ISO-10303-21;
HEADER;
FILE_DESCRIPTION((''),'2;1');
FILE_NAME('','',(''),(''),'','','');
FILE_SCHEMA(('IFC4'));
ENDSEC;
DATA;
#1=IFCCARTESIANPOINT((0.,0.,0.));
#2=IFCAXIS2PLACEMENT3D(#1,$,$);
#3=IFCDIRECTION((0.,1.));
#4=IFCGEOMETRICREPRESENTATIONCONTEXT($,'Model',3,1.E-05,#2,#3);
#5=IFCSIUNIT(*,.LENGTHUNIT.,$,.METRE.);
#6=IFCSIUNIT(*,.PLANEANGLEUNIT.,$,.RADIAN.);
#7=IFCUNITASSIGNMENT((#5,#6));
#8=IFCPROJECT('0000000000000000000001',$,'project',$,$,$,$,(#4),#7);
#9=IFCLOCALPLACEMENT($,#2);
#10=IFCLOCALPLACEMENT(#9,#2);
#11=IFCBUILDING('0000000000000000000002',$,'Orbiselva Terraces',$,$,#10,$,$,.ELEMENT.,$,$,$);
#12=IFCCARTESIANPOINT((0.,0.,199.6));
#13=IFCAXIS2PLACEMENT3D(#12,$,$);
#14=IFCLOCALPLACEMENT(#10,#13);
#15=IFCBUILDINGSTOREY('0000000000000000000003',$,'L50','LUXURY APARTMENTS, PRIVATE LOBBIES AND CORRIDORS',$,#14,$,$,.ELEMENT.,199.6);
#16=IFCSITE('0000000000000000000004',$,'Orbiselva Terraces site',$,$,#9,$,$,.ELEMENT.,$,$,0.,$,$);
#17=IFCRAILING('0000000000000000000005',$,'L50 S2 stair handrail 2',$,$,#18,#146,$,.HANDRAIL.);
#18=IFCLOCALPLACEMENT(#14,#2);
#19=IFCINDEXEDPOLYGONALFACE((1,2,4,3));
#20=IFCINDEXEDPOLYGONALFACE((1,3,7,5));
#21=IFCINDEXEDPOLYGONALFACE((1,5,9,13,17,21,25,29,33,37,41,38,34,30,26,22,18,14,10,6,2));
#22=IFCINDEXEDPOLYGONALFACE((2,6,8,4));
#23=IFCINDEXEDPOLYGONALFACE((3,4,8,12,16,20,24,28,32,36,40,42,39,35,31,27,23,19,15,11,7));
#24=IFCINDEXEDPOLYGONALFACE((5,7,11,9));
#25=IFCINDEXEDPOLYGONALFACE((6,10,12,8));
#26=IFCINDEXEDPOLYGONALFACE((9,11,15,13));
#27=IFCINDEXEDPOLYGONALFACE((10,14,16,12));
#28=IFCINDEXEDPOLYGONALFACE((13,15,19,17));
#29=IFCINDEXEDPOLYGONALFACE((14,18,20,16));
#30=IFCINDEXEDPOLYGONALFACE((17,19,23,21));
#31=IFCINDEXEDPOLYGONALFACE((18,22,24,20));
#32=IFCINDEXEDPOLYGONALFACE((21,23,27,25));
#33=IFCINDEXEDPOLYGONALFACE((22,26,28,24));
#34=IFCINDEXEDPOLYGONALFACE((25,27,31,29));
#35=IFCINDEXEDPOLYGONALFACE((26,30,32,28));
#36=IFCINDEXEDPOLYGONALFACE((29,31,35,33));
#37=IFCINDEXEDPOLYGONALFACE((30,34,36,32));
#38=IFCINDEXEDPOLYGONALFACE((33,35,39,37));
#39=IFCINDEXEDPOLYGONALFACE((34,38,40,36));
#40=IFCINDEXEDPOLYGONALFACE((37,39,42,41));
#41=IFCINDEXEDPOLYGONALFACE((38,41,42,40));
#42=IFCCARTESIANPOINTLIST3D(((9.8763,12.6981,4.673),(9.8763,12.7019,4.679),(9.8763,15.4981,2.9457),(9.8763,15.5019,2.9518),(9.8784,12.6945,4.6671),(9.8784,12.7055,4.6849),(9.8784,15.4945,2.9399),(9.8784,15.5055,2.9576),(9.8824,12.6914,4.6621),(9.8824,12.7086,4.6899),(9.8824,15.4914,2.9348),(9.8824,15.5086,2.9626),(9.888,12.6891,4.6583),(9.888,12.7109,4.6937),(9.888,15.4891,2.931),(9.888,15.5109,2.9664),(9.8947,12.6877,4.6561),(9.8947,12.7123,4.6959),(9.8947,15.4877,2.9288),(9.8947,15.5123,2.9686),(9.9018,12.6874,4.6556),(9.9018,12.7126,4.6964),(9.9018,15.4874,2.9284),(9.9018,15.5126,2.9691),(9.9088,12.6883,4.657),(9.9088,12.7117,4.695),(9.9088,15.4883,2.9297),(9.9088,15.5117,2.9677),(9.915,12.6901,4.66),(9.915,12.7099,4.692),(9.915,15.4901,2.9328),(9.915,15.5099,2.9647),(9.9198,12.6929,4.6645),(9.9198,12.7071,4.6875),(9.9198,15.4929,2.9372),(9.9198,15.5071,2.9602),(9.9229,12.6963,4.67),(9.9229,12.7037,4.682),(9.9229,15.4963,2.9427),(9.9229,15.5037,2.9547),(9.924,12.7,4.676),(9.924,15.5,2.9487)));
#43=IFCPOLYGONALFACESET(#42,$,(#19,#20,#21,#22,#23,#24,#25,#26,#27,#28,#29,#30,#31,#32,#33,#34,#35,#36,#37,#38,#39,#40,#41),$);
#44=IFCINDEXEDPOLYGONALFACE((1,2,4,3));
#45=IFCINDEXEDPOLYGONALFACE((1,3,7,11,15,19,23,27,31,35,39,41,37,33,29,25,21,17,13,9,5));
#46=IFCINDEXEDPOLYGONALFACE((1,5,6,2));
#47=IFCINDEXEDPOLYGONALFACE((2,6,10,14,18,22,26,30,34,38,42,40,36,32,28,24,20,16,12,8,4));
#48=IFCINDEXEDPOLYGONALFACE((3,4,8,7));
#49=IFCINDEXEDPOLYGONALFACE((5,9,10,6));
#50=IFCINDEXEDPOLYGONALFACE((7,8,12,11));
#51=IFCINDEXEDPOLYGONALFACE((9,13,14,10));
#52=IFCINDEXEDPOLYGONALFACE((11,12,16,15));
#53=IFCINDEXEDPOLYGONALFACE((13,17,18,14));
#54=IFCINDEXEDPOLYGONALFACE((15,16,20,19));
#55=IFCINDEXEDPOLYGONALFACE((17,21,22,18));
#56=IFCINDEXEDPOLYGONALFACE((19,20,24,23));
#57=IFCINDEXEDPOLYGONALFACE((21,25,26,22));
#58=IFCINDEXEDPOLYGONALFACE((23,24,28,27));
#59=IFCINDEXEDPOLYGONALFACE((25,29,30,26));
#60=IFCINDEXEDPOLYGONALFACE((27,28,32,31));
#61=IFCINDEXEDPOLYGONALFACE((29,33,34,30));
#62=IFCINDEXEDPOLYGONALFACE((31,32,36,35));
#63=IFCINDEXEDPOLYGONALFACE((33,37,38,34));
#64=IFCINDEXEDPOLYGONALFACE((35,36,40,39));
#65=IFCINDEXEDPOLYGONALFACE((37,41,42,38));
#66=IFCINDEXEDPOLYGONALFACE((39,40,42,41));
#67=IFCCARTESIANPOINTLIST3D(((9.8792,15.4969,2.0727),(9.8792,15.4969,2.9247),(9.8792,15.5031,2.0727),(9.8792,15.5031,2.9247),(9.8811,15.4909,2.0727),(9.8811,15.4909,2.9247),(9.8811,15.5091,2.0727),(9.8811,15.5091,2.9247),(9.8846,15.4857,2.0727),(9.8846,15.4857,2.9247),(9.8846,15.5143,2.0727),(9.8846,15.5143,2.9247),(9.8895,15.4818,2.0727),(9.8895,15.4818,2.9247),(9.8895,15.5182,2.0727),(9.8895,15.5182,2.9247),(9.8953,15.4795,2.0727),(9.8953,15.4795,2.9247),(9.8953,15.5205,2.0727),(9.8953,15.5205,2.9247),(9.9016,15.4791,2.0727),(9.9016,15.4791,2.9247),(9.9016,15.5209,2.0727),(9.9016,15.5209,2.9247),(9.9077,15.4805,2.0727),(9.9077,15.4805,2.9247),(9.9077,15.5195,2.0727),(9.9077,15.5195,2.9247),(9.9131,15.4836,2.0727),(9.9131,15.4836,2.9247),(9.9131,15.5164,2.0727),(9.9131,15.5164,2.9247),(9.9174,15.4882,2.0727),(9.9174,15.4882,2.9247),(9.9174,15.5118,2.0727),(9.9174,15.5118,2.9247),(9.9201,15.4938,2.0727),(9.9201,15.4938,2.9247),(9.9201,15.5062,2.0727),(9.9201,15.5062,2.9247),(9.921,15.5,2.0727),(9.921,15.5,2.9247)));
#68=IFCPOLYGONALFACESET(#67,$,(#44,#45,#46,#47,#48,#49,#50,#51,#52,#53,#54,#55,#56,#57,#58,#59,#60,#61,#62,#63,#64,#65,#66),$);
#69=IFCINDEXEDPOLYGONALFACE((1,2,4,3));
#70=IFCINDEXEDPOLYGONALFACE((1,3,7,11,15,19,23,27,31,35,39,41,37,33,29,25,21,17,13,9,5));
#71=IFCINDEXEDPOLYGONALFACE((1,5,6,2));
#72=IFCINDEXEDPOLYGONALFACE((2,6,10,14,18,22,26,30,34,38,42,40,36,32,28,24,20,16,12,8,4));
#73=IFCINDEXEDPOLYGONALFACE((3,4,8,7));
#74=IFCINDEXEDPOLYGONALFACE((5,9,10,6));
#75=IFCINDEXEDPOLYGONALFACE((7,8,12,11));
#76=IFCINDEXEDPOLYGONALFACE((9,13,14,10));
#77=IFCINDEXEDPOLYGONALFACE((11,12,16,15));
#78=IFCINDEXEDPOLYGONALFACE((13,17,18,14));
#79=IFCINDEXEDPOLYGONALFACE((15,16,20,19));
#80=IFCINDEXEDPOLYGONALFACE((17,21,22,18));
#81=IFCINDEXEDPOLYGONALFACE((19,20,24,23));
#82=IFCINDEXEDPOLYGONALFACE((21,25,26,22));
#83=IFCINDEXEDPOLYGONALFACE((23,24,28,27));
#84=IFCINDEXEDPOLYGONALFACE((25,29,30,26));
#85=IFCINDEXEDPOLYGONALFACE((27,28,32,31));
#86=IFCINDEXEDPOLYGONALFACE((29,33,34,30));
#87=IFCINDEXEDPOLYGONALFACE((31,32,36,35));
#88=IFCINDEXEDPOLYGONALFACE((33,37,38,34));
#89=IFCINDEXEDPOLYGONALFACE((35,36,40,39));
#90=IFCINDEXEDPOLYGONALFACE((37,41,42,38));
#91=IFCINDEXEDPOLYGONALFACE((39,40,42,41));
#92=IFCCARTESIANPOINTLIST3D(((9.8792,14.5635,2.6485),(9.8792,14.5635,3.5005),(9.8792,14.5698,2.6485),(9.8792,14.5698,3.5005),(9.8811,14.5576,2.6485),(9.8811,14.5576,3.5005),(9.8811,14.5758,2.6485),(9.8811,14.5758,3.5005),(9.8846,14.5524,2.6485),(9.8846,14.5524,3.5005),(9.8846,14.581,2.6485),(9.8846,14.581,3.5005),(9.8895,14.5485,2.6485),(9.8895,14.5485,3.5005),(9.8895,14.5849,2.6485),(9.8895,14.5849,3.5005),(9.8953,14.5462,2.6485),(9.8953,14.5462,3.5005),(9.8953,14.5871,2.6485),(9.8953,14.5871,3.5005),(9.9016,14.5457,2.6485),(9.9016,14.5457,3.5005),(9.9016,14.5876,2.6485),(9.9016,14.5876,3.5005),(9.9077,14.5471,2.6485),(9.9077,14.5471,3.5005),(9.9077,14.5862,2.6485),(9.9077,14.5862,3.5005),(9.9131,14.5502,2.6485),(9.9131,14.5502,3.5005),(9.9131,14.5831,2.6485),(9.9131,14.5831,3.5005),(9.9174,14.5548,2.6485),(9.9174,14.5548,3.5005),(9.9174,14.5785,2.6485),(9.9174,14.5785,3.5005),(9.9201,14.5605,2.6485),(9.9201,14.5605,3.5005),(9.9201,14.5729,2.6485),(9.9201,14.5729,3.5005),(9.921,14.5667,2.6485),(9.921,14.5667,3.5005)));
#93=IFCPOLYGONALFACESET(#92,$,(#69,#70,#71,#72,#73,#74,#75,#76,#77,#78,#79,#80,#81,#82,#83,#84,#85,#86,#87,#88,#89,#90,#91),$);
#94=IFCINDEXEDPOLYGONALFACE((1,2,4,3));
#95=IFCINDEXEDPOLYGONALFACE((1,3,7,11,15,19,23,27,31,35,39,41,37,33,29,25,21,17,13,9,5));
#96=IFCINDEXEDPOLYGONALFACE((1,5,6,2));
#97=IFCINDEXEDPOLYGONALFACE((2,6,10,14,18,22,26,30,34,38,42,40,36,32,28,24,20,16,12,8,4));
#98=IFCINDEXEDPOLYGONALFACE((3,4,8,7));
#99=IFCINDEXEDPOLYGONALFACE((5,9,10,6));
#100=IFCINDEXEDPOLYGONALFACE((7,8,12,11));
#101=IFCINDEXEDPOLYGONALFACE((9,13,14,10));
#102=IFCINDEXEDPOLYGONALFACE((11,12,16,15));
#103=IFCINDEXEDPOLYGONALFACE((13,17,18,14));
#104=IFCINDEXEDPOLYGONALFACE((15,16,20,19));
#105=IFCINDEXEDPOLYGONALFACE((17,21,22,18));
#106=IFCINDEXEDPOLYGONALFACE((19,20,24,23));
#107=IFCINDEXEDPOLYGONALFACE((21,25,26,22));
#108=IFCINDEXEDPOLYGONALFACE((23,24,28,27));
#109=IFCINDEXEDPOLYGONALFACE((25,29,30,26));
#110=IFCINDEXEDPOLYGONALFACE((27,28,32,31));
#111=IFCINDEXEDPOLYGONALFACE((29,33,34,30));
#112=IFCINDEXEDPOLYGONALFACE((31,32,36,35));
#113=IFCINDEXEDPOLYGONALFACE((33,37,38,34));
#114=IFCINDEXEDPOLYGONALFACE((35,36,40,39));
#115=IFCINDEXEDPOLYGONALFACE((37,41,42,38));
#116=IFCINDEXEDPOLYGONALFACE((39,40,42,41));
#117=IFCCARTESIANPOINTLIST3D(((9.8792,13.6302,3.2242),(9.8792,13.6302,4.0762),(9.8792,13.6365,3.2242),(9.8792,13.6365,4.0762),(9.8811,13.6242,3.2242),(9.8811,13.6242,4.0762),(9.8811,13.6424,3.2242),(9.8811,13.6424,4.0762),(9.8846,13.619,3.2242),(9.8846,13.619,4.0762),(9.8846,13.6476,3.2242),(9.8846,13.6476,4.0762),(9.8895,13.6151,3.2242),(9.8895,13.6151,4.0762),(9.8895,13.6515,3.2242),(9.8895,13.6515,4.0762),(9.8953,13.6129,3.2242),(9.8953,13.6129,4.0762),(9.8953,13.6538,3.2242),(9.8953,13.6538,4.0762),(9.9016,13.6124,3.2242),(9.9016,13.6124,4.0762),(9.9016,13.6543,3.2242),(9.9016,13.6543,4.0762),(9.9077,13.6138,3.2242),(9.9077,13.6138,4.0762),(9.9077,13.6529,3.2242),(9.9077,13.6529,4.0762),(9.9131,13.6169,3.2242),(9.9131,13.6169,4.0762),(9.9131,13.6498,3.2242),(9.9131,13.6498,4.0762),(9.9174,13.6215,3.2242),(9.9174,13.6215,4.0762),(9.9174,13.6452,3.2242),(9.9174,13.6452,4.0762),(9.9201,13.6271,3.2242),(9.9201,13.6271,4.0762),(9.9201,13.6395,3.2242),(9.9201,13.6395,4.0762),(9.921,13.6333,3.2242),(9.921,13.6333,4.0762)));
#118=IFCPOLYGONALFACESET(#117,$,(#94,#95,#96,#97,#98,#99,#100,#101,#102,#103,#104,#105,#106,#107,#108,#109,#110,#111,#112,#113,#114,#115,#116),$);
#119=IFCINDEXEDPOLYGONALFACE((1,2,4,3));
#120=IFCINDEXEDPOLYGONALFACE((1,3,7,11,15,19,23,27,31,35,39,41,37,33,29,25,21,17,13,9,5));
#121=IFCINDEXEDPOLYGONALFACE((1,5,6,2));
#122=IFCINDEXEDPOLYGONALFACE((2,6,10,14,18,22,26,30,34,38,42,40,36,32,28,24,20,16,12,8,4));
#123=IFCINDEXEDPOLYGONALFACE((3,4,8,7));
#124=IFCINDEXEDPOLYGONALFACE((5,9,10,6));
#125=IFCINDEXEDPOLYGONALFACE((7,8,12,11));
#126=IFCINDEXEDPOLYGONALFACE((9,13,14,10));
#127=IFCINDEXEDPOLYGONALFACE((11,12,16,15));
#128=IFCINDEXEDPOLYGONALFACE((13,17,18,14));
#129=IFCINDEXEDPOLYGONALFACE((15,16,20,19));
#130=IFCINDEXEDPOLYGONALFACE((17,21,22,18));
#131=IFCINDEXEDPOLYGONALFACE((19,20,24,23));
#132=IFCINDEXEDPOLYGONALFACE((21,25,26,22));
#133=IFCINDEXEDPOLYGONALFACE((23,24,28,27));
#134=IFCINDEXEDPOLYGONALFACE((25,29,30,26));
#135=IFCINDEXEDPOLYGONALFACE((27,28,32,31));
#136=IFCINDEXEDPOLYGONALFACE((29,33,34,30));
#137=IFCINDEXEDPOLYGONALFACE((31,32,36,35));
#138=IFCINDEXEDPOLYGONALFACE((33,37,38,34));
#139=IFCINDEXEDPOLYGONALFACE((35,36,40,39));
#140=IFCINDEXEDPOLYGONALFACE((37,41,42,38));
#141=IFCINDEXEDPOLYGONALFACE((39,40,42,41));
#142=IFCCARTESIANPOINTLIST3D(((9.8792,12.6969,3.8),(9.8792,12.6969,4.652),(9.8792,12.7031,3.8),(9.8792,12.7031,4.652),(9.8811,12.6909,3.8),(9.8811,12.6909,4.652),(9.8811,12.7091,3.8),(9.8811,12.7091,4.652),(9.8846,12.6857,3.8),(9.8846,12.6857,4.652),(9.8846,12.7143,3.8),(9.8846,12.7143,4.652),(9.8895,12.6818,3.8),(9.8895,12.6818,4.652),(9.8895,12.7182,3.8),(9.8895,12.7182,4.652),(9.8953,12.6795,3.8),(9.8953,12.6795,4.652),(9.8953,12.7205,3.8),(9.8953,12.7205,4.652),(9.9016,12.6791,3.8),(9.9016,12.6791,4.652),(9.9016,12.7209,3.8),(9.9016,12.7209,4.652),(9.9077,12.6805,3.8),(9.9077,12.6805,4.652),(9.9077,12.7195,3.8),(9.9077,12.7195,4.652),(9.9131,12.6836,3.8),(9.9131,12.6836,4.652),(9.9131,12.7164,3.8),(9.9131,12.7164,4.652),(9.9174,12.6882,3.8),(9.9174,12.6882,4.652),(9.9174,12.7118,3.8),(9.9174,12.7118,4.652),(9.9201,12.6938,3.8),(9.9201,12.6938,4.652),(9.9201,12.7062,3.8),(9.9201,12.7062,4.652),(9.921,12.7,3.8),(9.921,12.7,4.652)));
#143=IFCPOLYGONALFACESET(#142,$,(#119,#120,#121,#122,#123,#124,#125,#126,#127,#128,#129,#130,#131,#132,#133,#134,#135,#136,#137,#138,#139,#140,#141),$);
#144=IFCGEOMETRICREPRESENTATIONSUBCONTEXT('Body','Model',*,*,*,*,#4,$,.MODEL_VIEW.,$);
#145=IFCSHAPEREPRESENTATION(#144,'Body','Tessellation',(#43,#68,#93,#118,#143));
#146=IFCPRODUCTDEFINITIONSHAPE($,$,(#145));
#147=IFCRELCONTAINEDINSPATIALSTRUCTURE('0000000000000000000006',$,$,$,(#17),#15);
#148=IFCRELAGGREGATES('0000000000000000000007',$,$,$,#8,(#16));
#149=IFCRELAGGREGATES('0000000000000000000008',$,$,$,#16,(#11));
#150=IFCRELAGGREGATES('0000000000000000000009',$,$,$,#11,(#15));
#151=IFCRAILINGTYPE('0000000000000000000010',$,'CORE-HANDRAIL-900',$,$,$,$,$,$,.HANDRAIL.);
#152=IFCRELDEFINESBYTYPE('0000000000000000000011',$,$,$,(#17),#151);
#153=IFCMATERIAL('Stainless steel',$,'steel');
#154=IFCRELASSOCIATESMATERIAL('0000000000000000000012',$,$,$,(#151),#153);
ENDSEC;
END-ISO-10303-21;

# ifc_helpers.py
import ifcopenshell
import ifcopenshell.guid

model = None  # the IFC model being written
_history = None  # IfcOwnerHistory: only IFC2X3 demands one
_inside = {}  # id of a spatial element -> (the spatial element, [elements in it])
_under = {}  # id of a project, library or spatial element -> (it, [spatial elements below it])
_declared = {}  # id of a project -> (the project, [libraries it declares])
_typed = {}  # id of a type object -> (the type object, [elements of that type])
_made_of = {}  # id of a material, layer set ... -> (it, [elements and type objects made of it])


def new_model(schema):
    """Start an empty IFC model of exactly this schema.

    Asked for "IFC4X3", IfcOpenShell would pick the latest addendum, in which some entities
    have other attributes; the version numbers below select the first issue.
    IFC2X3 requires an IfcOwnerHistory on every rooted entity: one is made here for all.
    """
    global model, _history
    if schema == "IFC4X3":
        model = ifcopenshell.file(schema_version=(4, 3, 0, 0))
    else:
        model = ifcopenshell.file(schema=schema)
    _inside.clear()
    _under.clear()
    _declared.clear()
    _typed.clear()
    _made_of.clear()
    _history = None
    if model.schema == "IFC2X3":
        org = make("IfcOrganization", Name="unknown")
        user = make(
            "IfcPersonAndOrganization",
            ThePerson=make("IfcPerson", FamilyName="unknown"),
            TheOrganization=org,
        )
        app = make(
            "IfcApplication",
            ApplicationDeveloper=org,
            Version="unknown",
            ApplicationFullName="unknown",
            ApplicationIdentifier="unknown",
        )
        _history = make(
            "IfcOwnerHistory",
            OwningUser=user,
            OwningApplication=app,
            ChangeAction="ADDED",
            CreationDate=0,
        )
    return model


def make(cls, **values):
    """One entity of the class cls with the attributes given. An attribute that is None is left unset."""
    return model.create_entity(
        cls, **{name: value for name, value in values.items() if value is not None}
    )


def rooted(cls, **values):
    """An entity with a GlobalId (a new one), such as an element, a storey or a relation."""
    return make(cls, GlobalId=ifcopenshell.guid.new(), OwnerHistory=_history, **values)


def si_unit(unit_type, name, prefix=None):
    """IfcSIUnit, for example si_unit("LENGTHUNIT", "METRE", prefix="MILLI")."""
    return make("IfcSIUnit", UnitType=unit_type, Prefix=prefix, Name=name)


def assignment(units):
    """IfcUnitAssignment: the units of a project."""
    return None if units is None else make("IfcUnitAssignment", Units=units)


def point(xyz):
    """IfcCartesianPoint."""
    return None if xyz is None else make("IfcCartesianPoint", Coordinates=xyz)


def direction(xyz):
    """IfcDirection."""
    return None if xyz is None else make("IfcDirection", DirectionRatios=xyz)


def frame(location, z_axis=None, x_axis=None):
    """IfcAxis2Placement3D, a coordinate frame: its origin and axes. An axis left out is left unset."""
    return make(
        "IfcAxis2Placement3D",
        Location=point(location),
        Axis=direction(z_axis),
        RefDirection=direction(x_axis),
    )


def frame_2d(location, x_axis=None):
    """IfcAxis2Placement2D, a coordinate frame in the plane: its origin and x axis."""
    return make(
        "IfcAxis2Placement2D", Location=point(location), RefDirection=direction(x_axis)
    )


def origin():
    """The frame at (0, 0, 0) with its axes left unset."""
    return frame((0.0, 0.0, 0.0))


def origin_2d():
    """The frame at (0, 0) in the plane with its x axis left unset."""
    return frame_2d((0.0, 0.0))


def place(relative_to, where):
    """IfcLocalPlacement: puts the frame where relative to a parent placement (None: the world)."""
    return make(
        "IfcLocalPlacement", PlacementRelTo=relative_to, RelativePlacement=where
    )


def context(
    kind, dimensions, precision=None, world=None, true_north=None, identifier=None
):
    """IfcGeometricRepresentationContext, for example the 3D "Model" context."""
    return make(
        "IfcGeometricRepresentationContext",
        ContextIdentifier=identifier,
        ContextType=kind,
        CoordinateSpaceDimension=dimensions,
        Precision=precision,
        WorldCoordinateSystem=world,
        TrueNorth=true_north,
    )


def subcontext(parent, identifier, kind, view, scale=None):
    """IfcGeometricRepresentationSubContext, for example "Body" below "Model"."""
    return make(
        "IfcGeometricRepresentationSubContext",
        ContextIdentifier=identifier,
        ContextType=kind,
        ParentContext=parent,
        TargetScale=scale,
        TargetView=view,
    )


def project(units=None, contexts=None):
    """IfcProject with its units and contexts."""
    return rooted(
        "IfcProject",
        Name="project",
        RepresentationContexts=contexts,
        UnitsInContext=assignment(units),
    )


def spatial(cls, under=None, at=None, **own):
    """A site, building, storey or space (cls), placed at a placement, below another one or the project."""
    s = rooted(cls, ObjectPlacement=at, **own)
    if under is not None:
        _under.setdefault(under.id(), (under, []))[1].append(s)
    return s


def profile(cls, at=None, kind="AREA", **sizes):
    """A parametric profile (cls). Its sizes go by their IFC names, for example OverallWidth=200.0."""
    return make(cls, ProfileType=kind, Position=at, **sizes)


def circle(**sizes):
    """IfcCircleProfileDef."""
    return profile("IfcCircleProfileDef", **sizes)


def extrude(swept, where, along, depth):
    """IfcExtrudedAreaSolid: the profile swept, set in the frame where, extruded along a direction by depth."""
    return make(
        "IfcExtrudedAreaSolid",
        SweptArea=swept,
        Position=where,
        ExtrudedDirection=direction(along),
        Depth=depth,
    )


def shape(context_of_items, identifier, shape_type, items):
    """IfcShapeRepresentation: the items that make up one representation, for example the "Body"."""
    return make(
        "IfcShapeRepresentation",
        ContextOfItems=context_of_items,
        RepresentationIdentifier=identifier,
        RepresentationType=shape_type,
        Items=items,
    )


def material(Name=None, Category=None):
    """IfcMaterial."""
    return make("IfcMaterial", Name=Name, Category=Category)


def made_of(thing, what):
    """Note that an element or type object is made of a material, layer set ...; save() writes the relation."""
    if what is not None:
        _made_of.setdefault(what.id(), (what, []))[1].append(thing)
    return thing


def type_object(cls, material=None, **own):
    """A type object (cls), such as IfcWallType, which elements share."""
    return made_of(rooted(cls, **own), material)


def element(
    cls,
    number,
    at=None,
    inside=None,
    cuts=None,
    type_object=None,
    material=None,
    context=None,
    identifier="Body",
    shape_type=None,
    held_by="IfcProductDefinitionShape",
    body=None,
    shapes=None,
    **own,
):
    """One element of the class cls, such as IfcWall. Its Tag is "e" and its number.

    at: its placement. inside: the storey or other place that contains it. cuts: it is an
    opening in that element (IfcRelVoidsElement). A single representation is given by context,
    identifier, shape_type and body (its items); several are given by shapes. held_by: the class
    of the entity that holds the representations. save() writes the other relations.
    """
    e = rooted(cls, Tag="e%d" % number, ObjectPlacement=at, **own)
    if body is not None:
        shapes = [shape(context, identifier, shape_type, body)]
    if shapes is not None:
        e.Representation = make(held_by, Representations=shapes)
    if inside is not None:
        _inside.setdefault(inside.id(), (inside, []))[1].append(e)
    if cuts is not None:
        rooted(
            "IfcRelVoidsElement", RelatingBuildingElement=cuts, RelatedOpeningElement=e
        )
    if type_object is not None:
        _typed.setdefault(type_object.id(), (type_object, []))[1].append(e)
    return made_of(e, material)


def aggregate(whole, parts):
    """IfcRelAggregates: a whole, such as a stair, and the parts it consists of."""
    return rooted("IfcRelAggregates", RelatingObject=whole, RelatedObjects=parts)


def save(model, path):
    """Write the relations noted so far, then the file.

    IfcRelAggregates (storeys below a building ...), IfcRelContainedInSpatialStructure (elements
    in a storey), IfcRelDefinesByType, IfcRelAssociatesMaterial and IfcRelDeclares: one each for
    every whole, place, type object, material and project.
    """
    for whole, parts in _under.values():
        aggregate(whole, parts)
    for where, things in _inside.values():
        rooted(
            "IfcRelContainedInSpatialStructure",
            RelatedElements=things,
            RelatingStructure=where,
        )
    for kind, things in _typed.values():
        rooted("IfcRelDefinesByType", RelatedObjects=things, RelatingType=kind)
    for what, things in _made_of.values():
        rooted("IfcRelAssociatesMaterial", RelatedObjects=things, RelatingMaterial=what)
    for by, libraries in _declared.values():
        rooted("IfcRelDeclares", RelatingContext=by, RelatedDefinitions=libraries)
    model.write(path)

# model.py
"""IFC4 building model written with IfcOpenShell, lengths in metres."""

from ifc_helpers import new_model, si_unit, direction, frame, origin, origin_2d, place, context, subcontext, project, spatial, circle, extrude, material, type_object, element, save


model = new_model("IFC4")

# Units and contexts
model_context = context("Model", 3, precision=1e-05, world=origin(), true_north=direction((0.0, 1.0)))
body_context = subcontext(model_context, "Body", "Model", "MODEL_VIEW")
ifc_project = project(units=[si_unit("LENGTHUNIT", "METRE"), si_unit("PLANEANGLEUNIT", "RADIAN")], contexts=[model_context])

# Site, building, storey
site_placement = place(None, origin())
site = spatial("IfcSite", under=ifc_project, at=site_placement, Name="Orbiselva Terraces site", CompositionType="ELEMENT", RefElevation=0.0)
building_placement = place(site_placement, origin())
building = spatial("IfcBuilding", under=site, at=building_placement, Name="Orbiselva Terraces", CompositionType="ELEMENT")
storey_placement = place(building_placement, frame((0.0, 0.0, 199.6)))
storey = spatial("IfcBuildingStorey", under=building, at=storey_placement, Name="L50", Description="LUXURY APARTMENTS, PRIVATE LOBBIES AND CORRIDORS", CompositionType="ELEMENT", Elevation=199.6)

# Railing
ifc_material_1 = material(Name="Stainless steel", Category="steel")
railing_type = type_object("IfcRailingType", Name="CORE-HANDRAIL-900", PredefinedType="HANDRAIL", material=ifc_material_1)
railing_1_placement = place(storey_placement, frame((9.9, 15.5, 2.0727)))
element("IfcRailing", 1, at=railing_1_placement, inside=storey, type_object=railing_type, Name="L50 S2 stair handrail 2", PredefinedType="HANDRAIL", context=body_context, shape_type="SweptSolid", body=[
    extrude(circle(Radius=0.024, at=origin_2d()), frame((0.0, 0.0, 0.876), z_axis=(0.0, -0.851089, 0.525022), x_axis=(1.0, 0.0, 0.0)), (0.0, 0.0, 1.0), 3.2899),
    extrude(circle(Radius=0.021, at=origin_2d()), origin(), (0.0, 0.0, 1.0), 0.852),
    extrude(circle(Radius=0.021, at=origin_2d()), frame((0.0, -0.9333, 0.5758)), (0.0, 0.0, 1.0), 0.852),
    extrude(circle(Radius=0.021, at=origin_2d()), frame((0.0, -1.8667, 1.1515)), (0.0, 0.0, 1.0), 0.852),
    extrude(circle(Radius=0.021, at=origin_2d()), frame((0.0, -2.8, 1.7273)), (0.0, 0.0, 1.0), 0.852),
])

save(model, "model.ifc")
